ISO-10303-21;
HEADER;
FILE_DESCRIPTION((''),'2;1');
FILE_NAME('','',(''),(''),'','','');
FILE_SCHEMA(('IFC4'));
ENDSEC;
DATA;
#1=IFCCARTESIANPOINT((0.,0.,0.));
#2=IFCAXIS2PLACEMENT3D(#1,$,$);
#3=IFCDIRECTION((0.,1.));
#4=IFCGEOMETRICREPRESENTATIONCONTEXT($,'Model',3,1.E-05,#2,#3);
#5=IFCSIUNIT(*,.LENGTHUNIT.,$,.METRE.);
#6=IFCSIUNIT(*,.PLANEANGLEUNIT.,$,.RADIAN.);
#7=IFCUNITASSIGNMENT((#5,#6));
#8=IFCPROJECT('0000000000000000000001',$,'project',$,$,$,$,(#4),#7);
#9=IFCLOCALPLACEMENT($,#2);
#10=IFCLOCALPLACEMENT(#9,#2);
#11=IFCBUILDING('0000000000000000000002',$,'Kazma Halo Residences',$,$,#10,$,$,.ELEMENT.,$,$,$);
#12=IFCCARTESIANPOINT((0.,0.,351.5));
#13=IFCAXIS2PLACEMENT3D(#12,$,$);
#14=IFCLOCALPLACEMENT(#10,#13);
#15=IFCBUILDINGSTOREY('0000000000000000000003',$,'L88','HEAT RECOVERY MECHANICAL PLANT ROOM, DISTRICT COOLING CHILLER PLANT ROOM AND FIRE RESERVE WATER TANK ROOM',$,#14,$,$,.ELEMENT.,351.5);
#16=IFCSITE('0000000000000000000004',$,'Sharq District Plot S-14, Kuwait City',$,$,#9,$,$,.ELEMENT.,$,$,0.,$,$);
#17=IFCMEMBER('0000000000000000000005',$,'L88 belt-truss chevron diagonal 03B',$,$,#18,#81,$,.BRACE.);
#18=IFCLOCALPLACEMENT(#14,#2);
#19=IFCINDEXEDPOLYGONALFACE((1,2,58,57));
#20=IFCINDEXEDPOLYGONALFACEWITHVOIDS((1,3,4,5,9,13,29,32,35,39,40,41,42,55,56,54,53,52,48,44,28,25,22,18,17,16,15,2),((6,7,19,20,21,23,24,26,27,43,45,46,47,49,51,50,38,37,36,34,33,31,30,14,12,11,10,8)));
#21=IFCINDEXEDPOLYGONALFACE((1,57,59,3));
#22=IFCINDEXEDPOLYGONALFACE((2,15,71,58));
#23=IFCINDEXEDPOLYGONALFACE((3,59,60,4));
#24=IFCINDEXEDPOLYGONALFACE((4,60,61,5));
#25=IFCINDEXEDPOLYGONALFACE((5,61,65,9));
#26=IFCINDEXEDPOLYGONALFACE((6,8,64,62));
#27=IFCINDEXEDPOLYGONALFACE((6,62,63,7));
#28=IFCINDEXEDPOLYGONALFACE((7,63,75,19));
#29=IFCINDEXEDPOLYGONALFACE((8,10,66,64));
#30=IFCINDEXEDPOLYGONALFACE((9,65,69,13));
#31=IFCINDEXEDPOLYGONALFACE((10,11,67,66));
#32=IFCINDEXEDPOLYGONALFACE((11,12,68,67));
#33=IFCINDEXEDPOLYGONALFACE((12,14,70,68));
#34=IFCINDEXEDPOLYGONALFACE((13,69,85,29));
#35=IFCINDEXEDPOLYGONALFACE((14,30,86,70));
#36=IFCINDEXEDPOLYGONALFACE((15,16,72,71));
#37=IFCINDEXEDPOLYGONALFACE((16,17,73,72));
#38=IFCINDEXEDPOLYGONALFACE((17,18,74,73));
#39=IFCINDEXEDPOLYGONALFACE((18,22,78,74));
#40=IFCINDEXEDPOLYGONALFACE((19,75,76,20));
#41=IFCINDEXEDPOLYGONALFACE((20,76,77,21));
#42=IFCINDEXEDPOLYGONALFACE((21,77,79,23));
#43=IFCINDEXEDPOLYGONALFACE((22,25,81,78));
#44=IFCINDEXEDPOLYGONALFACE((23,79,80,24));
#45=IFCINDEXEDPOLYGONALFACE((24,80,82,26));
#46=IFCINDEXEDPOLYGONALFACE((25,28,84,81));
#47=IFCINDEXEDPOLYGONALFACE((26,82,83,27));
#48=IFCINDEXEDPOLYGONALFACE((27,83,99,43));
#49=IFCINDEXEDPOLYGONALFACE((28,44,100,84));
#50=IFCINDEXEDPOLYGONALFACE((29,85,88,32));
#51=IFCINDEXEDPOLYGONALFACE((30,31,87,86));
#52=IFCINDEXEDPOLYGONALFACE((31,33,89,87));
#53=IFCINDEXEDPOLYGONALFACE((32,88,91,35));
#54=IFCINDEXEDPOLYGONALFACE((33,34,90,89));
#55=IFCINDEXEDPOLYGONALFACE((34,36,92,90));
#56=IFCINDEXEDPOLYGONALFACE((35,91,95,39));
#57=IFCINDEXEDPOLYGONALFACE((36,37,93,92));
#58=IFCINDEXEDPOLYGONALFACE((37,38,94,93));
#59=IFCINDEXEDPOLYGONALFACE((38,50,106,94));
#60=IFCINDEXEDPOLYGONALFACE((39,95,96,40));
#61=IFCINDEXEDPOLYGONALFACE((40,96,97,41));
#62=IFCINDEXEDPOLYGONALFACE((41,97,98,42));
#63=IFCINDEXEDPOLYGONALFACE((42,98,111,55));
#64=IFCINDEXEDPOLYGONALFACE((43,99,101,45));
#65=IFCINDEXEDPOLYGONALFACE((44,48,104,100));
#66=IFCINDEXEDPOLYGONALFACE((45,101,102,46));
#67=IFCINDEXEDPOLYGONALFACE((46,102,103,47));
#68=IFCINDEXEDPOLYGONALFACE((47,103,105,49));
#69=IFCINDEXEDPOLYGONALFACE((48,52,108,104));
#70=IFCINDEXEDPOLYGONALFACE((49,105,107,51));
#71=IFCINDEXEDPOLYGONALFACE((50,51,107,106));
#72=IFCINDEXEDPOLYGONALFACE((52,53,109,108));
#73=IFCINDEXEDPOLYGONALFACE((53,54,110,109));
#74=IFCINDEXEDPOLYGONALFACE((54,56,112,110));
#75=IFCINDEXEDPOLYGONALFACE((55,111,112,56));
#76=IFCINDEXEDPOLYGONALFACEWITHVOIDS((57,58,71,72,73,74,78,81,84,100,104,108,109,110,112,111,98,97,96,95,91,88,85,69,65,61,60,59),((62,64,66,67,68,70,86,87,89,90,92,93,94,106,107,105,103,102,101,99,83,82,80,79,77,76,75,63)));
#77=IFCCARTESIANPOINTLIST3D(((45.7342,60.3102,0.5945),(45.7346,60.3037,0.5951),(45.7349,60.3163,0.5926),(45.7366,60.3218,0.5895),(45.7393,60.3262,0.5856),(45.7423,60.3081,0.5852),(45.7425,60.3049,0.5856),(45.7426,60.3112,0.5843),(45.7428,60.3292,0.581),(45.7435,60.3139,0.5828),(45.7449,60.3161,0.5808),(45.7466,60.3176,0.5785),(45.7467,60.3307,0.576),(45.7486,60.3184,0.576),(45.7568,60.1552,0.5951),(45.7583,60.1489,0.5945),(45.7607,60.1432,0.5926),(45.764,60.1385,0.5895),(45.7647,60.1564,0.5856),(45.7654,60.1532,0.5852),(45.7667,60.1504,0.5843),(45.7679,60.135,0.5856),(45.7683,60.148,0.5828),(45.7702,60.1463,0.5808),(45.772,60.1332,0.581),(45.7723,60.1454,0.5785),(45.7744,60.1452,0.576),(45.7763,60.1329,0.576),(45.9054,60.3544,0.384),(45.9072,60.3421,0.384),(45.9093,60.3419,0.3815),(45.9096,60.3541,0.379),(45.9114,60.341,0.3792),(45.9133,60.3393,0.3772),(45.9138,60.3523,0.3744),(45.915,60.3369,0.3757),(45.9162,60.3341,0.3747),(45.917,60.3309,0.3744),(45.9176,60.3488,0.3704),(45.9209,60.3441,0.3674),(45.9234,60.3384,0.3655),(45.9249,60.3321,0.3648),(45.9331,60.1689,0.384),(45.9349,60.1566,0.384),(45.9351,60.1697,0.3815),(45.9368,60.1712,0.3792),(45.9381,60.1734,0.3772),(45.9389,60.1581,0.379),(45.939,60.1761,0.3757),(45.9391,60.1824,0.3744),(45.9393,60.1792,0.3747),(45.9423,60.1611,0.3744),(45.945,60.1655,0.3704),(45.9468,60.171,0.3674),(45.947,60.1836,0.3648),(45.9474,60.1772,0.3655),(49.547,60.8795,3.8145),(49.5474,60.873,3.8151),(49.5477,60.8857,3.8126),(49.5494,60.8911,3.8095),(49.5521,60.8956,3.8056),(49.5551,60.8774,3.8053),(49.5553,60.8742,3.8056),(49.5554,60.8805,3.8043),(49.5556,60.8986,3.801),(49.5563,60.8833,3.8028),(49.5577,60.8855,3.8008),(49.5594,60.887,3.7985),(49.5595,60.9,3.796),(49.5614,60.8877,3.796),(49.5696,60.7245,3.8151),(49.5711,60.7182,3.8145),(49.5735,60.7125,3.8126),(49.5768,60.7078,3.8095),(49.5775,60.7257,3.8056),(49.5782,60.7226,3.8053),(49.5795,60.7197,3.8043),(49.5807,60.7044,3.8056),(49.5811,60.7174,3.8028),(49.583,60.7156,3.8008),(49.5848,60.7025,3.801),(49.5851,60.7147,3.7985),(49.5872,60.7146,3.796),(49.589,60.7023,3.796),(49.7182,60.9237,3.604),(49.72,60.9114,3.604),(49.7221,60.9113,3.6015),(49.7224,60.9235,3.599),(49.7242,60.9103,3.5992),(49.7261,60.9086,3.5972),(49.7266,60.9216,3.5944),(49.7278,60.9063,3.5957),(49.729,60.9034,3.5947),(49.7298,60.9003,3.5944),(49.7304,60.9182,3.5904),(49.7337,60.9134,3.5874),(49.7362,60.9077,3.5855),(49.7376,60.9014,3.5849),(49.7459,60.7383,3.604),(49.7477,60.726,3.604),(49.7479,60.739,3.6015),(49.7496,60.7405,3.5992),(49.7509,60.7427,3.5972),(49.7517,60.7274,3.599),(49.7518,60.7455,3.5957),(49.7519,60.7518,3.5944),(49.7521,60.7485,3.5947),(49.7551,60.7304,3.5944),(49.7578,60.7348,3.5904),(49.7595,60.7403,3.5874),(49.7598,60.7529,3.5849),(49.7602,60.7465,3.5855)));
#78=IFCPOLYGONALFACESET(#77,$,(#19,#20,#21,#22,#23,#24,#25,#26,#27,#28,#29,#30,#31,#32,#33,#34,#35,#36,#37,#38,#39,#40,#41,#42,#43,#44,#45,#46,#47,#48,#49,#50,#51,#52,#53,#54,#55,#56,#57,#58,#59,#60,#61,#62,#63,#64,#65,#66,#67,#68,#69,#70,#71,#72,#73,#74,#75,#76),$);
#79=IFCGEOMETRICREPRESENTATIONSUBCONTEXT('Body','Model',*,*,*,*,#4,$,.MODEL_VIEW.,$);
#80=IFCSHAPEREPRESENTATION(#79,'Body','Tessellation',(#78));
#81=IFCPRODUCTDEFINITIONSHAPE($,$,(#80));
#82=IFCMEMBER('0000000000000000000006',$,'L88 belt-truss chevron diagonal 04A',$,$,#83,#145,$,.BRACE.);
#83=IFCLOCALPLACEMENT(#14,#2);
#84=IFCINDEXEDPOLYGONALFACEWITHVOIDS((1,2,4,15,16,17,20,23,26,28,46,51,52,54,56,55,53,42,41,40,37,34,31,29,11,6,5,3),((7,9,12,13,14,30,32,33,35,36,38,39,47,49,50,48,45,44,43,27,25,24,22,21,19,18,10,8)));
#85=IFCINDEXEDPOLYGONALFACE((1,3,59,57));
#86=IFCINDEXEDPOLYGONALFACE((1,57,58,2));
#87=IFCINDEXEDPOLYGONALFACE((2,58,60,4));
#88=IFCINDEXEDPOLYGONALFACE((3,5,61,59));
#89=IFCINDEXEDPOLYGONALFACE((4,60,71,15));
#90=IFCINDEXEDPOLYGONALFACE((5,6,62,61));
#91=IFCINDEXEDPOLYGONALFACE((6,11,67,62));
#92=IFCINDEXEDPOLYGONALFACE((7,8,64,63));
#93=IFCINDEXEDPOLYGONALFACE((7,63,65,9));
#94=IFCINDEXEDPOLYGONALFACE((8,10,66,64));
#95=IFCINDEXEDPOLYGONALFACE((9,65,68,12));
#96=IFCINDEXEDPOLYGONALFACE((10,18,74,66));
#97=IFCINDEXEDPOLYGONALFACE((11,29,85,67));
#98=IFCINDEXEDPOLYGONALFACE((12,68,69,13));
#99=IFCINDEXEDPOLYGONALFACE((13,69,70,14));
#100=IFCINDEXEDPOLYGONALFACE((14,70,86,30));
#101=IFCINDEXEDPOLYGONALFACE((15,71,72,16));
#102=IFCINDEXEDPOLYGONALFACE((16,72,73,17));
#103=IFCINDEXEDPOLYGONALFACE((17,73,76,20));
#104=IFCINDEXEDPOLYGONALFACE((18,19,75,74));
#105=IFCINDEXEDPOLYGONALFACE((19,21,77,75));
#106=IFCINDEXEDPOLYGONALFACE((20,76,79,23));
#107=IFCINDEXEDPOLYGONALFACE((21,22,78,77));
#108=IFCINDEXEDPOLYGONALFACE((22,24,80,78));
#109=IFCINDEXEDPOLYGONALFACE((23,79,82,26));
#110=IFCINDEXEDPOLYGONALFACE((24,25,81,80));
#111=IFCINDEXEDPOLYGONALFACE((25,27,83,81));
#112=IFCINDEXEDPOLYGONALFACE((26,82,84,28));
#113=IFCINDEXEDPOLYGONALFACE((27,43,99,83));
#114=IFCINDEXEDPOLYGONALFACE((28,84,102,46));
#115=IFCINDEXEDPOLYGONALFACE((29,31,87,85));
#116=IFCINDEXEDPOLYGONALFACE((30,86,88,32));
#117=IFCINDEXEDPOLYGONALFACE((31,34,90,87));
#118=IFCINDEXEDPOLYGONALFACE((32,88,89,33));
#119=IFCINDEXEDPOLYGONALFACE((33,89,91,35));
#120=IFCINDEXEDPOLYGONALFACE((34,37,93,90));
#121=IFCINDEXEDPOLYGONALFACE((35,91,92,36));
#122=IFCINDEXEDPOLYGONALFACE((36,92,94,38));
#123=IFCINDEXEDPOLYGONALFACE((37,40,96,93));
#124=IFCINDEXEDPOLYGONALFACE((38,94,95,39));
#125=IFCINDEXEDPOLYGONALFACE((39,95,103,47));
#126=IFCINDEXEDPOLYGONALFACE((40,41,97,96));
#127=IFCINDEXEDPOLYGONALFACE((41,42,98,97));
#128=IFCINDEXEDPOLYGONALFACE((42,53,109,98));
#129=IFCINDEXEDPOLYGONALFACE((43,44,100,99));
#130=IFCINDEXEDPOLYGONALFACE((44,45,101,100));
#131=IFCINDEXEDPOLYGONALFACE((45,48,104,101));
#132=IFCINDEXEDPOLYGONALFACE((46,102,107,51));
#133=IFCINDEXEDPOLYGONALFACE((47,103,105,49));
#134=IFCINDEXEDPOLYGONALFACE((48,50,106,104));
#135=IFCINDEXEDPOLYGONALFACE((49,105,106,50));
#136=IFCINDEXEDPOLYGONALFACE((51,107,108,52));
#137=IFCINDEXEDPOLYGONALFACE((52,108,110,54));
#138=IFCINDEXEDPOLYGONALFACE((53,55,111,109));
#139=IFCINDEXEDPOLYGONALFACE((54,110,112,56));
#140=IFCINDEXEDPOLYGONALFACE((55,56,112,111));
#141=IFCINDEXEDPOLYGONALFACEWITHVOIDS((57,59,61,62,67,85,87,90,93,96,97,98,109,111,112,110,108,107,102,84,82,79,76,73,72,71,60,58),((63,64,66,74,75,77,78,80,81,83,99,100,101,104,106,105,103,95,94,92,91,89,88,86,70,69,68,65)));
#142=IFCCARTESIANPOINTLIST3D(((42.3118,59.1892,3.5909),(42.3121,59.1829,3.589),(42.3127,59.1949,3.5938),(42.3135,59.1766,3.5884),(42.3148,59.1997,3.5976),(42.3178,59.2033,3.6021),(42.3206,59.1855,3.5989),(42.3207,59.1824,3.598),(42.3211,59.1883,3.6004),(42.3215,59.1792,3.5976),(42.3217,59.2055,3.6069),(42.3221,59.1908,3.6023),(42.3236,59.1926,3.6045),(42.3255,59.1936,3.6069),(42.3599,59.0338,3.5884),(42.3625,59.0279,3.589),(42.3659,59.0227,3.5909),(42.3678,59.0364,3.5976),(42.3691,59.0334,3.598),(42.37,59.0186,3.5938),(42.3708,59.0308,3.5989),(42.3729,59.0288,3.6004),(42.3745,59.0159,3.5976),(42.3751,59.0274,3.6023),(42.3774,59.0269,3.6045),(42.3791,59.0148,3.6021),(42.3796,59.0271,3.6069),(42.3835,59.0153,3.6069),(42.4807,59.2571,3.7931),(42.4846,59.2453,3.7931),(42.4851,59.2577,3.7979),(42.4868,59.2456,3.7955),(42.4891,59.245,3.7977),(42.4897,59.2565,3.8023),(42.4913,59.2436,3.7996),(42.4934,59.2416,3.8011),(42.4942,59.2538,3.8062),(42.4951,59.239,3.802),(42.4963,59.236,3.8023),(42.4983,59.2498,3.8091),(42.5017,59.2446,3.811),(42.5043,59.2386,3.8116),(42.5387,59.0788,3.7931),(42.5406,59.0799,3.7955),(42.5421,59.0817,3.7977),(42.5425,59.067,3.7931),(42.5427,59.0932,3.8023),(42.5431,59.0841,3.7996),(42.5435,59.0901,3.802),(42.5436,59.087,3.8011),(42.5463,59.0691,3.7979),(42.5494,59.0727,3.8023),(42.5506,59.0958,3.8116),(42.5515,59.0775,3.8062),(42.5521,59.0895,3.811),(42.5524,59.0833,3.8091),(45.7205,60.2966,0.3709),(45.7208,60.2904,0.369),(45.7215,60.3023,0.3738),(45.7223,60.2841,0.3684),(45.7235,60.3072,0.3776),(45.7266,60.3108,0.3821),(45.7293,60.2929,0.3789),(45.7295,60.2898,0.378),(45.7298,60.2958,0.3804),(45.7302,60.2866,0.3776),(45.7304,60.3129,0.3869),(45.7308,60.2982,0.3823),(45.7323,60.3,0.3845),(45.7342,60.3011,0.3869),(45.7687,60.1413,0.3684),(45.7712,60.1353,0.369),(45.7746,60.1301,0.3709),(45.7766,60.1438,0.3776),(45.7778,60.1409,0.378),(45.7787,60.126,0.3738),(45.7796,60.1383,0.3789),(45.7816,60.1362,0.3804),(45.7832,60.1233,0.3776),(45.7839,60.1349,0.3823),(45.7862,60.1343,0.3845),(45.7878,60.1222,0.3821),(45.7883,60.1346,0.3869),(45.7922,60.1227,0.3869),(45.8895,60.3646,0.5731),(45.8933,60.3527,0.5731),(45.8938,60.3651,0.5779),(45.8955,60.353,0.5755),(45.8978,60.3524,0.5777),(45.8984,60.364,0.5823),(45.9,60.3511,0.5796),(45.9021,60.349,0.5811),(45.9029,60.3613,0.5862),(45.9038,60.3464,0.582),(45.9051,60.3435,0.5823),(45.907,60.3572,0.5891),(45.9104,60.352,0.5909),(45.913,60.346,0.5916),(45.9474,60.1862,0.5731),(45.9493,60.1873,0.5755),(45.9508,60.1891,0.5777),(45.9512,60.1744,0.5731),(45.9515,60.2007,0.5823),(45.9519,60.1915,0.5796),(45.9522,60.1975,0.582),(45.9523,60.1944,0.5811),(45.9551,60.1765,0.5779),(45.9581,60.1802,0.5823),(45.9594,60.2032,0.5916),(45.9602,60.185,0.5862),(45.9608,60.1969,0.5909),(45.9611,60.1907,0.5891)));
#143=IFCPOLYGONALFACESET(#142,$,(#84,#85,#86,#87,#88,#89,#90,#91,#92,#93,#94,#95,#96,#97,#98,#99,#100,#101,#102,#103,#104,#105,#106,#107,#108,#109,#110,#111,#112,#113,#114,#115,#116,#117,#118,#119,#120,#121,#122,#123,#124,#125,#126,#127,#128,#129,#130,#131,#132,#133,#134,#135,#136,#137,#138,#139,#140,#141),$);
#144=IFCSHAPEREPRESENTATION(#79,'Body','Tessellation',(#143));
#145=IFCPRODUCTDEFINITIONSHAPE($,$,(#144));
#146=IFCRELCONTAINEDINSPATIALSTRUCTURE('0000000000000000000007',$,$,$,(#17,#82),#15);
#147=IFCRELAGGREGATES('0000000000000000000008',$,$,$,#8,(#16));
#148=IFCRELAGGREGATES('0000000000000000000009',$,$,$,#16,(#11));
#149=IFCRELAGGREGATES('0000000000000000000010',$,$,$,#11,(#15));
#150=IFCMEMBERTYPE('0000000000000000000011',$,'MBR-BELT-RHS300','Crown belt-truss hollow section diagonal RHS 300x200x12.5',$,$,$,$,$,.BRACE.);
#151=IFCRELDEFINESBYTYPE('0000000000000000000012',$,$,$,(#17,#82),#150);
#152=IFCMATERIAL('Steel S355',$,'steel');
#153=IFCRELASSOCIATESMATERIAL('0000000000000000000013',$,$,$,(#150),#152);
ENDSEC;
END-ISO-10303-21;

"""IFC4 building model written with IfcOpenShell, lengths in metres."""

from ifc_helpers import new_model, si_unit, direction, frame, origin, origin_2d, place, context, subcontext, project, spatial, hollow_rectangle, extrude, material, material_profile, profile_set, type_object, element, save


model = new_model("IFC4")

# Units and contexts
model_context = context("Model", 3, precision=1e-05, world=origin(), true_north=direction((0.0, 1.0)))
body_context = subcontext(model_context, "Body", "Model", "MODEL_VIEW")
ifc_project = project(units=[si_unit("LENGTHUNIT", "METRE"), si_unit("PLANEANGLEUNIT", "RADIAN")], contexts=[model_context])

# Site, building, storey
site_placement = place(None, origin())
site = spatial("IfcSite", under=ifc_project, at=site_placement, Name="Sharq District Plot S-14, Kuwait City", CompositionType="ELEMENT", RefElevation=0.0)
building_placement = place(site_placement, origin())
building = spatial("IfcBuilding", under=site, at=building_placement, Name="Kazma Halo Residences", CompositionType="ELEMENT")
storey_placement = place(building_placement, frame((0.0, 0.0, 351.5)))
storey = spatial("IfcBuildingStorey", under=building, at=storey_placement, Name="L88", Description="HEAT RECOVERY MECHANICAL PLANT ROOM, DISTRICT COOLING CHILLER PLANT ROOM AND FIRE RESERVE WATER TANK ROOM", CompositionType="ELEMENT", Elevation=351.5)

# Shared definitions
ifc_material_1 = material(Name="Steel S355", Category="steel")

# Members
ifc_material_profile_1 = material_profile(ifc_material_1, hollow_rectangle(XDim=0.2, YDim=0.3, WallThickness=0.0125, InnerFilletRadius=0.0125, OuterFilletRadius=0.0249, at=origin_2d()), Name="RHS300x200x12.5")
ifc_profile_set_1 = profile_set([ifc_material_profile_1], Name="Steel S355")
member_type_1 = type_object("IfcMemberType", Name="MBR-BELT-RHS300", Description="Crown belt-truss hollow section diagonal RHS 300x200x12.5", PredefinedType="BRACE", material=ifc_profile_set_1)
member_1_placement = place(storey_placement, frame((45.8408, 60.2437, 0.48), z_axis=(0.759075, 0.113348, 0.64106), x_axis=(-0.147687, 0.989034, 0.0)))
element("IfcMember", 1, at=member_1_placement, inside=storey, type_object=member_type_1, Name="L88 belt-truss chevron diagonal 03B", PredefinedType="BRACE", context=body_context, shape_type="SweptSolid", body=[
    extrude(hollow_rectangle(XDim=0.2, YDim=0.3, WallThickness=0.0125, InnerFilletRadius=0.0125, OuterFilletRadius=0.0249, at=origin_2d()), origin(), (0.0, 0.0, 1.0), 5.0229),
])
for number, where, z_axis, x_axis, name in (
    (2, (45.8408, 60.2437, 0.48), (-0.707481, -0.229848, 0.668312), (0.308984, -0.951067, 0.0), "L88 belt-truss chevron diagonal 04A"),
):
    element("IfcMember", number, at=place(storey_placement, frame(where, z_axis=z_axis, x_axis=x_axis)), inside=storey, type_object=member_type_1, Name=name, PredefinedType="BRACE", context=body_context, shape_type="SweptSolid", body=[
        extrude(hollow_rectangle(XDim=0.2, YDim=0.3, WallThickness=0.0125, InnerFilletRadius=0.0125, OuterFilletRadius=0.0249, at=origin_2d()), origin(), (0.0, 0.0, 1.0), 4.8181),
    ])

save(model, "model.ifc")
